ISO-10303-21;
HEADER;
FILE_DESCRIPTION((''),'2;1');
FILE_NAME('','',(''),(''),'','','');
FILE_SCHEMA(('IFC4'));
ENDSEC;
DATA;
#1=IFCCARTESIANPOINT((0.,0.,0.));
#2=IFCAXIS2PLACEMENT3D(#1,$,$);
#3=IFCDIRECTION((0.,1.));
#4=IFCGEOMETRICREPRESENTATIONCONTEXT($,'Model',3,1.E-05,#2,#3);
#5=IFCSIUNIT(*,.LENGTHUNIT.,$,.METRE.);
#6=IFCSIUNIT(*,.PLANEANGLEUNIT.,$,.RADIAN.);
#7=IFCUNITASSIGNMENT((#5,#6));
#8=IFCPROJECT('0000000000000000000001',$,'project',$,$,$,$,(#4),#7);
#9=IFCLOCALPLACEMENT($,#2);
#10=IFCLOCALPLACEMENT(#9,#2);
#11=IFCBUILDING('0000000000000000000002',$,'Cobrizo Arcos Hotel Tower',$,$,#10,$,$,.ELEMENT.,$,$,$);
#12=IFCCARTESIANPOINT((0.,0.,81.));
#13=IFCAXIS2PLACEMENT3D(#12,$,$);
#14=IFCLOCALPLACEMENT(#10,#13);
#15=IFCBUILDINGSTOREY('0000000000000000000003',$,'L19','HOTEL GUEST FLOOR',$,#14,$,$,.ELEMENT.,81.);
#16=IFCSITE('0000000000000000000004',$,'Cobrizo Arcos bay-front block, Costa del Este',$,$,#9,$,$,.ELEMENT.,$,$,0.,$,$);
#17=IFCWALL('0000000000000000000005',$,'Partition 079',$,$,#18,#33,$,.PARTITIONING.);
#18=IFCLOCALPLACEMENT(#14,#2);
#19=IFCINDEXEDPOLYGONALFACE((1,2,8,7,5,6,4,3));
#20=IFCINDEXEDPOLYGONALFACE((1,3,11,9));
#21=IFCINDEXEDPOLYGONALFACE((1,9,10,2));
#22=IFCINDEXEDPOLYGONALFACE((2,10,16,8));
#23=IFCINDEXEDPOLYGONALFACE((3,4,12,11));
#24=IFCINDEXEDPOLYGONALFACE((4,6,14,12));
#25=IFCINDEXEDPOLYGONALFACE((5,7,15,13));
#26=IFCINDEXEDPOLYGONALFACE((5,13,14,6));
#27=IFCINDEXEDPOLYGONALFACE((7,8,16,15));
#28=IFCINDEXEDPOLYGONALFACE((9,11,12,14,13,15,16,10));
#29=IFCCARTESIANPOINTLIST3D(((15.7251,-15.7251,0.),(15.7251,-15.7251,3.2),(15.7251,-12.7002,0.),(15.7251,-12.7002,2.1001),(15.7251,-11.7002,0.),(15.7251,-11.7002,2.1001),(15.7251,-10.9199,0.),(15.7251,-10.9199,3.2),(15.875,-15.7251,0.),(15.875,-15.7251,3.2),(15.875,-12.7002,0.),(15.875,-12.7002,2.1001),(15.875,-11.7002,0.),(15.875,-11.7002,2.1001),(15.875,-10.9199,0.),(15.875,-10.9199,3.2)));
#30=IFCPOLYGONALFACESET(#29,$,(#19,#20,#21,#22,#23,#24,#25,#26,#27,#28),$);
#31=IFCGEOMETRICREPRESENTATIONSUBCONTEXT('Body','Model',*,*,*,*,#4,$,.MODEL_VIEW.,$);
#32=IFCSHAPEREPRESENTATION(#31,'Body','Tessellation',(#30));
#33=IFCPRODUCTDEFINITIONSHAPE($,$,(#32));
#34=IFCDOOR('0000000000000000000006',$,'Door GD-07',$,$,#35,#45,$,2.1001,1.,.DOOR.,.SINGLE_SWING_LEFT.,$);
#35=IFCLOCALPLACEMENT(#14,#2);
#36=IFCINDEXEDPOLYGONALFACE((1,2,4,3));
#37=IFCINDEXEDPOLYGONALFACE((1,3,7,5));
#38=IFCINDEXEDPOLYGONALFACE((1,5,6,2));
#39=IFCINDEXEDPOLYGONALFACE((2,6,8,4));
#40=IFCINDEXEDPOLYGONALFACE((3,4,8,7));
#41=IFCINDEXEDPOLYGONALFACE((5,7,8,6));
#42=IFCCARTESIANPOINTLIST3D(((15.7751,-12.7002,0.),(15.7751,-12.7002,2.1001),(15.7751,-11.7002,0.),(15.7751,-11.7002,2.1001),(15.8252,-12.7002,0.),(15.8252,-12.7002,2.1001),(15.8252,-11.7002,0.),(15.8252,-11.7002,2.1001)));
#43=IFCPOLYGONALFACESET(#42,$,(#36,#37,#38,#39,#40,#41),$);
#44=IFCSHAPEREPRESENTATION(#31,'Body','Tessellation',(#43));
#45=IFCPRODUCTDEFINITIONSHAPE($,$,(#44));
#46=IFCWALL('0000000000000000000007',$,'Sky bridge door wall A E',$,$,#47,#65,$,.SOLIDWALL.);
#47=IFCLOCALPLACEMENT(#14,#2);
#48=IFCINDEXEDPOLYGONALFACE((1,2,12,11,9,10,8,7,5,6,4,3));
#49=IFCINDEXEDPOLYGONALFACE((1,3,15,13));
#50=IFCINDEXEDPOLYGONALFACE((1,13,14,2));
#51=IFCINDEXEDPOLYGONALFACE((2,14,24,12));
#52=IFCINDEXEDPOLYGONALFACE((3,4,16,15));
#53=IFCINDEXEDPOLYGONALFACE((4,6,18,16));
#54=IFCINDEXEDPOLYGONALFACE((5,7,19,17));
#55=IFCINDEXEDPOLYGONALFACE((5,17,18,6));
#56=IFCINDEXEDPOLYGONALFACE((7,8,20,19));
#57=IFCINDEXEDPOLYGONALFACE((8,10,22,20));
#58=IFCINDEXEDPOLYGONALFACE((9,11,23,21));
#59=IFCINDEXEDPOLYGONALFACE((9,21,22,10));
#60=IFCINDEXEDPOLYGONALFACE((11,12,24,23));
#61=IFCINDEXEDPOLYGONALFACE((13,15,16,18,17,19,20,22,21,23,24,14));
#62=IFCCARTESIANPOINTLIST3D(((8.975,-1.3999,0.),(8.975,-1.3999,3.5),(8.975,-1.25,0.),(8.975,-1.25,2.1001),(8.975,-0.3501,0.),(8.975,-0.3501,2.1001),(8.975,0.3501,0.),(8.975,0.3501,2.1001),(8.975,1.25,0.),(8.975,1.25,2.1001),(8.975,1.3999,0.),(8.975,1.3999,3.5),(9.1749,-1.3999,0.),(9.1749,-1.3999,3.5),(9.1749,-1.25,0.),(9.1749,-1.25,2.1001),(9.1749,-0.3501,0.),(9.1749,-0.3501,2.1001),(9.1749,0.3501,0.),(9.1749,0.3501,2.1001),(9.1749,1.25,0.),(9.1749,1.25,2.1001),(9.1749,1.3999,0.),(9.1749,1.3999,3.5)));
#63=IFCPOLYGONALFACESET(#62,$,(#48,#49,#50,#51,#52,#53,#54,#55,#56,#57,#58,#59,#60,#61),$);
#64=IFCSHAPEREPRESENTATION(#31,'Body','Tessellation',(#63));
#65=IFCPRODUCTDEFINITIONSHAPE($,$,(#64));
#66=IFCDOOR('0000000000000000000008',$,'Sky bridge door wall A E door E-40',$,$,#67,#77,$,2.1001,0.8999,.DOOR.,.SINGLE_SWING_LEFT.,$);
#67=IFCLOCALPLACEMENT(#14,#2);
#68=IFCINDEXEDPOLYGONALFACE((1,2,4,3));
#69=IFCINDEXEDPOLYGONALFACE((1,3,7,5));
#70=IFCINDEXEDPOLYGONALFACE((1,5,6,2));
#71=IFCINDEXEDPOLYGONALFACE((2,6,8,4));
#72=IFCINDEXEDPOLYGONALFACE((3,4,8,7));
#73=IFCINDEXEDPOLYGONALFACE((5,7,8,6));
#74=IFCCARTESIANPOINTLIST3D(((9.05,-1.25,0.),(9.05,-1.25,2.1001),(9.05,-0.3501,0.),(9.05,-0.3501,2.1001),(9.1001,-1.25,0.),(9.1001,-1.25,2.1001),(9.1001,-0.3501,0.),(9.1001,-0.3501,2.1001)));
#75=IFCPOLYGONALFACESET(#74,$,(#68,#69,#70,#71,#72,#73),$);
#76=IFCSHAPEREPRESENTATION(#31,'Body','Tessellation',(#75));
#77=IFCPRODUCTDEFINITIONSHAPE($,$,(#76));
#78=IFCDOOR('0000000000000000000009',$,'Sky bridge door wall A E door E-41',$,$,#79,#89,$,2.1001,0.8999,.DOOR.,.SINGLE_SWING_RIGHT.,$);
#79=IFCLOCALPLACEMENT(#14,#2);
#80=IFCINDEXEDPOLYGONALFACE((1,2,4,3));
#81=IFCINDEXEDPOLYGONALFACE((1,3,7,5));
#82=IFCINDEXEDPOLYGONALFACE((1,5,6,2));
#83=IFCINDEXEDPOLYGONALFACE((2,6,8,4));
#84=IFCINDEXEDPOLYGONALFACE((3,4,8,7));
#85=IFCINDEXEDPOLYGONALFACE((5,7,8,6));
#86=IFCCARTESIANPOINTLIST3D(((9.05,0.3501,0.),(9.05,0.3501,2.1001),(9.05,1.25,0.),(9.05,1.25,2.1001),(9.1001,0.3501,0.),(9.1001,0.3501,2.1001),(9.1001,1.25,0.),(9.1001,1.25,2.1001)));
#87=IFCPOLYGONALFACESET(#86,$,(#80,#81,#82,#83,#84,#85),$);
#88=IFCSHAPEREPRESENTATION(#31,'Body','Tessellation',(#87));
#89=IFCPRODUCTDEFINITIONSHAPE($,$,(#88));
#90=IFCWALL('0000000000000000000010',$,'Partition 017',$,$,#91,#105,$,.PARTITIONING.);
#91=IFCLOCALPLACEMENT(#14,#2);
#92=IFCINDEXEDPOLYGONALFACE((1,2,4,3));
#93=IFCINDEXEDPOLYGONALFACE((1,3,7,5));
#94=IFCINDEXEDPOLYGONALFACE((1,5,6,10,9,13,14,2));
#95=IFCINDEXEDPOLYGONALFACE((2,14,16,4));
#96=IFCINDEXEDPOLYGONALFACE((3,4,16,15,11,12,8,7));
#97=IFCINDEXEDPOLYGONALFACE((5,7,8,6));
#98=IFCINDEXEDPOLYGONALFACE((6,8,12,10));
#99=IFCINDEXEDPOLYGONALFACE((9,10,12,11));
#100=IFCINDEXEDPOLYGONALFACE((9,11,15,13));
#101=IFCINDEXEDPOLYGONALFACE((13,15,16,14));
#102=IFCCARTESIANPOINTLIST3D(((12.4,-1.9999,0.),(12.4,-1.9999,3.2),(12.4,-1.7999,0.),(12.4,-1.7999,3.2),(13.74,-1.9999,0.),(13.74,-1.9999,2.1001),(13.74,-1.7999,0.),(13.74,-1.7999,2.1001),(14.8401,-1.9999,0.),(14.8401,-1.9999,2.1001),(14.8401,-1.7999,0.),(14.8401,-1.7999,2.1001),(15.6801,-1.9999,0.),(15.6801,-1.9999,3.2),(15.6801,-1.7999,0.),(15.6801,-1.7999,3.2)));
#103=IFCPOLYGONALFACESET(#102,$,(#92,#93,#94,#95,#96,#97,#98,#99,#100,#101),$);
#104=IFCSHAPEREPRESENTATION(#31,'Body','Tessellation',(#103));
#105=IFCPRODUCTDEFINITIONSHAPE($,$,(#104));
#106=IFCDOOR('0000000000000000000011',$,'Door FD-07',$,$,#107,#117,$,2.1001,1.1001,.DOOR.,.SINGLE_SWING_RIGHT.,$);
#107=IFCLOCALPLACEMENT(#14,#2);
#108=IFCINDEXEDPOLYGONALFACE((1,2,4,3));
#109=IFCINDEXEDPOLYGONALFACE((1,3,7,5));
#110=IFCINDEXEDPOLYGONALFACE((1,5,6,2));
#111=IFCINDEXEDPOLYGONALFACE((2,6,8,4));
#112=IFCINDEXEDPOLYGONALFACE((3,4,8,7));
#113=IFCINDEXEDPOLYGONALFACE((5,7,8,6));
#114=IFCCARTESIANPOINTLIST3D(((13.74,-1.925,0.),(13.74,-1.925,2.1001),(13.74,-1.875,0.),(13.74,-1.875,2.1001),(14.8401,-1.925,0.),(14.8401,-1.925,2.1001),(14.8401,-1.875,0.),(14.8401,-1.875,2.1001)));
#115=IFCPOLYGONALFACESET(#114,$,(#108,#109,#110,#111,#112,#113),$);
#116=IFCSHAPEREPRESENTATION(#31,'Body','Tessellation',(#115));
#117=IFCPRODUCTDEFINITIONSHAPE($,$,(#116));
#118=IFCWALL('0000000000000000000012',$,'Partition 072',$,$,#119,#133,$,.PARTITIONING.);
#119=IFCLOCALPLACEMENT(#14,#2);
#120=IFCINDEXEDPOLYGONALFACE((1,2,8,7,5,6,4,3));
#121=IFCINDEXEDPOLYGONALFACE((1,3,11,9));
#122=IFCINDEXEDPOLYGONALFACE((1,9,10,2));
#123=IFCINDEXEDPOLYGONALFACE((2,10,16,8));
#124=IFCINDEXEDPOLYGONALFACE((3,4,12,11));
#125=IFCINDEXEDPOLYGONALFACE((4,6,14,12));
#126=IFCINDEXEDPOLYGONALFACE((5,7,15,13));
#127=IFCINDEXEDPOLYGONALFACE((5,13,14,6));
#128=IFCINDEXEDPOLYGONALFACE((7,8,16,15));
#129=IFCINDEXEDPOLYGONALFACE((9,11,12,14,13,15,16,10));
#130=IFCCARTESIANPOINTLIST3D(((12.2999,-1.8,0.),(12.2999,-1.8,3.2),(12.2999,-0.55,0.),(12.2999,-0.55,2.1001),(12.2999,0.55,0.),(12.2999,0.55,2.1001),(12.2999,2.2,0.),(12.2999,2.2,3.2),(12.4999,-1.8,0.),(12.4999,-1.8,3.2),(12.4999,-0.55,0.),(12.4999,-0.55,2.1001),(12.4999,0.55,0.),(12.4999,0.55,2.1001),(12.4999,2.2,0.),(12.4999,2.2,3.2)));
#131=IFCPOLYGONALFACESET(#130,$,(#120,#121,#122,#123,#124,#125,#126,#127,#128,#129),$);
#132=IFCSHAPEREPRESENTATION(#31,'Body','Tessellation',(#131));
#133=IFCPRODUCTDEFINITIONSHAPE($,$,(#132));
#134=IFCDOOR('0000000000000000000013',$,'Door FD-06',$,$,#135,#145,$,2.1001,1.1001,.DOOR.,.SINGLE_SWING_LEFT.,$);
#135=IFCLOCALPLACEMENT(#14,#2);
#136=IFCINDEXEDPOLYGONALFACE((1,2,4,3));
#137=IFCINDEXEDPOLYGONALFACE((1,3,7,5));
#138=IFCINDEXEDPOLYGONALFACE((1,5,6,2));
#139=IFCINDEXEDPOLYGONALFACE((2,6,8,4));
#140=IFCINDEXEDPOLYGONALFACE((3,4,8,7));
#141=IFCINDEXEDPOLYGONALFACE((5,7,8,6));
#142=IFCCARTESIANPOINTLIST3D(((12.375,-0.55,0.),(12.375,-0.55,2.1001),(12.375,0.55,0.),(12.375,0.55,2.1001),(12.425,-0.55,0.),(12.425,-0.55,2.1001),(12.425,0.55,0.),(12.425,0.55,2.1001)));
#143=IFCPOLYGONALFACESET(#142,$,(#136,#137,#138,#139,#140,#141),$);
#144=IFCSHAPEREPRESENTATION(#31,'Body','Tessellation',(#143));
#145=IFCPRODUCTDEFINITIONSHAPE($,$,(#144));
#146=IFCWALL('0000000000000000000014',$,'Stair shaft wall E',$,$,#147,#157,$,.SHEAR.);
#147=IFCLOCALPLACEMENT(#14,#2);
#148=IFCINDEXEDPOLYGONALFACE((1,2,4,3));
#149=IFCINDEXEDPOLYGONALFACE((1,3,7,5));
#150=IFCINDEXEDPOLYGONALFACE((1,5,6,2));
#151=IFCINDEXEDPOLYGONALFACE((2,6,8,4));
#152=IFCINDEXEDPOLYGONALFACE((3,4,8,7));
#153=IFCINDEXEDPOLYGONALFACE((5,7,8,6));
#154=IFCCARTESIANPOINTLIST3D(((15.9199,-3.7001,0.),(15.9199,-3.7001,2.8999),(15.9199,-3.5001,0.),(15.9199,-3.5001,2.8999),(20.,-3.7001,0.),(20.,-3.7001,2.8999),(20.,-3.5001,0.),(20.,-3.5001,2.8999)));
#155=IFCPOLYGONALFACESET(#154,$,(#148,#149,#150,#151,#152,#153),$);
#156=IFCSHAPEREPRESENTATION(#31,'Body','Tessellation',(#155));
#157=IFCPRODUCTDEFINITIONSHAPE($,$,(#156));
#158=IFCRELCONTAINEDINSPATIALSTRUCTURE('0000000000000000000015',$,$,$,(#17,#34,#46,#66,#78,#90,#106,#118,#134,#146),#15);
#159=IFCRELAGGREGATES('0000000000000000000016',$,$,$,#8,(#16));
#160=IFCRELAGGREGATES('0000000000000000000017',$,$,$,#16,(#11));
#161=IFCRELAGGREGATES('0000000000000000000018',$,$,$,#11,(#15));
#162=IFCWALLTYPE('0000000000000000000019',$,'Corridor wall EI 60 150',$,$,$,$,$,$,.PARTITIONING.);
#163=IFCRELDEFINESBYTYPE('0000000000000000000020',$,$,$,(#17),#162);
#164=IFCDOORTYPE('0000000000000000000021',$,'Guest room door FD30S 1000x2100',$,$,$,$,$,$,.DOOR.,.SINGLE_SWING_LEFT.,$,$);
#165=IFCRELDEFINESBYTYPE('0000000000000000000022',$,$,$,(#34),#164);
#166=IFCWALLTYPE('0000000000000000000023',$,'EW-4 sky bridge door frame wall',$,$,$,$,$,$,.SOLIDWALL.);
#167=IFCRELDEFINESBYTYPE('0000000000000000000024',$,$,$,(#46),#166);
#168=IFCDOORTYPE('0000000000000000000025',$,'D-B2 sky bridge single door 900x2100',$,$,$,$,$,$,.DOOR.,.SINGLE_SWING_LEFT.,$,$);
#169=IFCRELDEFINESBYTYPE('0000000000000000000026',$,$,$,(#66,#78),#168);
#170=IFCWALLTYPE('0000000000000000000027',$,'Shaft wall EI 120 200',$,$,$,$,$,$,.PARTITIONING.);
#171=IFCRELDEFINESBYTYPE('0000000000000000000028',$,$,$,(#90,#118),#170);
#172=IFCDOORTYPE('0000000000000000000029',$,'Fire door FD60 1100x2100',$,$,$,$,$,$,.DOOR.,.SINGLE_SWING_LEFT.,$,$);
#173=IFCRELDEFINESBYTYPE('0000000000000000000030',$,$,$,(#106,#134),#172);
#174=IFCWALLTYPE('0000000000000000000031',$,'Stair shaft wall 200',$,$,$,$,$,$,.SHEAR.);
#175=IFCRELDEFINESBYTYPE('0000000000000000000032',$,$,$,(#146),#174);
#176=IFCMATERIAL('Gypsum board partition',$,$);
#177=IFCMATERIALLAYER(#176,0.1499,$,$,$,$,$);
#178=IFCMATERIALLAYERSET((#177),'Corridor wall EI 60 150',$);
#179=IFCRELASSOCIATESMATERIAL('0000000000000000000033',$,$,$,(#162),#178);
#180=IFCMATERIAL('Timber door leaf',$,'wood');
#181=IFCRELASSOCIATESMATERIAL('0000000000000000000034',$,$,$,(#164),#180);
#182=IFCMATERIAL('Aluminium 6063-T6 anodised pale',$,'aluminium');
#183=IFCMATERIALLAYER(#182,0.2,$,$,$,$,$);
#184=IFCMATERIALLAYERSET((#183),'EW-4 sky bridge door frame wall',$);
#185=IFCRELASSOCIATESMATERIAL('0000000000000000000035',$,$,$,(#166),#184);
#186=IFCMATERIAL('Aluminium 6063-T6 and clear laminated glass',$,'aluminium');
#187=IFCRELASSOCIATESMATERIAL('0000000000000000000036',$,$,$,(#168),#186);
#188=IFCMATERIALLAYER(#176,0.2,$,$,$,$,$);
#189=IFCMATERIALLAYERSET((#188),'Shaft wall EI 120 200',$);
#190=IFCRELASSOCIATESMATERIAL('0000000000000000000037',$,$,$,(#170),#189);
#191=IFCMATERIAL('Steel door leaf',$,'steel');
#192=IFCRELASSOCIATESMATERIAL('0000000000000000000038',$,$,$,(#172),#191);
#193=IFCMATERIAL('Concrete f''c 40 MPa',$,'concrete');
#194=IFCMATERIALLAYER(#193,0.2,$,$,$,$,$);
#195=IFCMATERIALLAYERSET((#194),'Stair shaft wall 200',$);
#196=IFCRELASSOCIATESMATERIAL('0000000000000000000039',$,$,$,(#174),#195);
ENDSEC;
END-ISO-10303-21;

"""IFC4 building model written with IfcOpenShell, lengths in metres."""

from ifc_helpers import new_model, si_unit, direction, frame, frame_2d, origin, place, context, subcontext, project, spatial, rectangle, extrude, material, layer, layer_set, type_object, element, fill, save


model = new_model("IFC4")

# Units and contexts
model_context = context("Model", 3, precision=1e-05, world=origin(), true_north=direction((0.0, 1.0)))
body_context = subcontext(model_context, "Body", "Model", "MODEL_VIEW")
ifc_project = project(units=[si_unit("LENGTHUNIT", "METRE"), si_unit("PLANEANGLEUNIT", "RADIAN")], contexts=[model_context])

# Site, building, storey
site_placement = place(None, origin())
site = spatial("IfcSite", under=ifc_project, at=site_placement, Name="Cobrizo Arcos bay-front block, Costa del Este", CompositionType="ELEMENT", RefElevation=0.0)
building_placement = place(site_placement, origin())
building = spatial("IfcBuilding", under=site, at=building_placement, Name="Cobrizo Arcos Hotel Tower", CompositionType="ELEMENT")
storey_placement = place(building_placement, frame((0.0, 0.0, 81.0)))
storey = spatial("IfcBuildingStorey", under=building, at=storey_placement, Name="L19", Description="HOTEL GUEST FLOOR", CompositionType="ELEMENT", Elevation=81.0)

# Shared definitions
ifc_material_1 = material(Name="Gypsum board partition")
ifc_layer_1 = layer(ifc_material_1, 0.1499)
ifc_layer_set_1 = layer_set([ifc_layer_1], Name="Corridor wall EI 60 150")
wall_type_1 = type_object("IfcWallType", Name="Corridor wall EI 60 150", PredefinedType="PARTITIONING", material=ifc_layer_set_1)
ifc_material_2 = material(Name="Timber door leaf", Category="wood")
door_type_1 = type_object("IfcDoorType", Name="Guest room door FD30S 1000x2100", OperationType="SINGLE_SWING_LEFT", PredefinedType="DOOR", material=ifc_material_2)

# Wall, opening, door
wall_1_placement = place(storey_placement, frame((15.8, -15.7251, 0.0), z_axis=(0.0, 0.0, 1.0), x_axis=(0.0, 1.0, 0.0)))
wall_1 = element("IfcWall", 1, at=wall_1_placement, inside=storey, type_object=wall_type_1, Name="Partition 079", PredefinedType="PARTITIONING", context=body_context, shape_type="SweptSolid", body=[
    extrude(rectangle(XDim=4.8052, YDim=0.1499, at=frame_2d((2.4026, 0.0))), origin(), (0.0, 0.0, 1.0), 3.2),
])
opening_1_placement = place(wall_1_placement, frame((3.0249, 0.0, 0.0)))
opening_1 = element("IfcOpeningElement", 2, at=opening_1_placement, cuts=wall_1, PredefinedType="OPENING", context=body_context, shape_type="SweptSolid", body=[
    extrude(rectangle(XDim=1.0, YDim=2.1001, at=frame_2d((0.5, 1.05))), frame((0.0, 0.0869, 0.0), z_axis=(0.0, -1.0, 0.0), x_axis=(1.0, 0.0, 0.0)), (0.0, 0.0, 1.0), 0.1738),
])
door_1_placement = place(opening_1_placement, origin())
door_1 = element("IfcDoor", 3, at=door_1_placement, inside=storey, type_object=door_type_1, Name="Door GD-07", OperationType="SINGLE_SWING_LEFT", OverallHeight=2.1001, OverallWidth=1.0, PredefinedType="DOOR", context=body_context, shape_type="SweptSolid", body=[
    extrude(rectangle(XDim=1.0, YDim=2.1001, at=frame_2d((0.5, 1.05))), frame((0.0, 0.0249, 0.0), z_axis=(0.0, -1.0, 0.0), x_axis=(1.0, 0.0, 0.0)), (0.0, 0.0, 1.0), 0.05),
])
fill(opening_1, door_1)

# Wall, openings, doors
ifc_material_3 = material(Name="Aluminium 6063-T6 anodised pale", Category="aluminium")
ifc_layer_2 = layer(ifc_material_3, 0.2)
ifc_layer_set_2 = layer_set([ifc_layer_2], Name="EW-4 sky bridge door frame wall")
wall_type_2 = type_object("IfcWallType", Name="EW-4 sky bridge door frame wall", PredefinedType="SOLIDWALL", material=ifc_layer_set_2)
wall_2_placement = place(storey_placement, frame((9.075, -1.3999, 0.0), z_axis=(0.0, 0.0, 1.0), x_axis=(0.0, 1.0, 0.0)))
wall_2 = element("IfcWall", 4, at=wall_2_placement, inside=storey, type_object=wall_type_2, Name="Sky bridge door wall A E", PredefinedType="SOLIDWALL", context=body_context, shape_type="SweptSolid", body=[
    extrude(rectangle(XDim=2.7998, YDim=0.2, at=frame_2d((1.3999, 0.0))), origin(), (0.0, 0.0, 1.0), 3.5),
])
opening_2_placement = place(wall_2_placement, frame((0.1499, 0.0, 0.0)))
opening_2 = element("IfcOpeningElement", 5, at=opening_2_placement, cuts=wall_2, PredefinedType="OPENING", context=body_context, shape_type="SweptSolid", body=[
    extrude(rectangle(XDim=0.8999, YDim=2.1001, at=frame_2d((0.45, 1.05))), frame((0.0, 0.1121, 0.0), z_axis=(0.0, -1.0, 0.0), x_axis=(1.0, 0.0, 0.0)), (0.0, 0.0, 1.0), 0.2239),
])
opening_3_placement = place(wall_2_placement, frame((1.75, 0.0, 0.0)))
opening_3 = element("IfcOpeningElement", 6, at=opening_3_placement, cuts=wall_2, PredefinedType="OPENING", context=body_context, shape_type="SweptSolid", body=[
    extrude(rectangle(XDim=0.8999, YDim=2.1001, at=frame_2d((0.45, 1.05))), frame((0.0, 0.1121, 0.0), z_axis=(0.0, -1.0, 0.0), x_axis=(1.0, 0.0, 0.0)), (0.0, 0.0, 1.0), 0.2239),
])
ifc_material_4 = material(Name="Aluminium 6063-T6 and clear laminated glass", Category="aluminium")
door_type_2 = type_object("IfcDoorType", Name="D-B2 sky bridge single door 900x2100", OperationType="SINGLE_SWING_LEFT", PredefinedType="DOOR", material=ifc_material_4)
door_2_placement = place(opening_2_placement, origin())
door_2 = element("IfcDoor", 7, at=door_2_placement, inside=storey, type_object=door_type_2, Name="Sky bridge door wall A E door E-40", OperationType="SINGLE_SWING_LEFT", OverallHeight=2.1001, OverallWidth=0.8999, PredefinedType="DOOR", context=body_context, shape_type="SweptSolid", body=[
    extrude(rectangle(XDim=0.8999, YDim=2.1001, at=frame_2d((0.45, 1.05))), frame((0.0, 0.0249, 0.0), z_axis=(0.0, -1.0, 0.0), x_axis=(1.0, 0.0, 0.0)), (0.0, 0.0, 1.0), 0.05),
])
fill(opening_2, door_2)
door_3_placement = place(opening_3_placement, origin())
door_3 = element("IfcDoor", 8, at=door_3_placement, inside=storey, type_object=door_type_2, Name="Sky bridge door wall A E door E-41", OperationType="SINGLE_SWING_RIGHT", OverallHeight=2.1001, OverallWidth=0.8999, PredefinedType="DOOR", context=body_context, shape_type="SweptSolid", body=[
    extrude(rectangle(XDim=0.8999, YDim=2.1001, at=frame_2d((0.45, 1.05))), frame((0.0, 0.0249, 0.0), z_axis=(0.0, -1.0, 0.0), x_axis=(1.0, 0.0, 0.0)), (0.0, 0.0, 1.0), 0.05),
])
fill(opening_3, door_3)

# Walls, openings, doors
ifc_layer_3 = layer(ifc_material_1, 0.2)
ifc_layer_set_3 = layer_set([ifc_layer_3], Name="Shaft wall EI 120 200")
wall_type_3 = type_object("IfcWallType", Name="Shaft wall EI 120 200", PredefinedType="PARTITIONING", material=ifc_layer_set_3)
wall_3_placement = place(storey_placement, frame((12.3999, -1.8999, 0.0), z_axis=(0.0, 0.0, 1.0), x_axis=(1.0, 0.0, 0.0)))
wall_3 = element("IfcWall", 9, at=wall_3_placement, inside=storey, type_object=wall_type_3, Name="Partition 017", PredefinedType="PARTITIONING", context=body_context, shape_type="SweptSolid", body=[
    extrude(rectangle(XDim=3.28, YDim=0.2, at=frame_2d((1.6401, 0.0))), origin(), (0.0, 0.0, 1.0), 3.2),
])
opening_4_placement = place(wall_3_placement, frame((1.3401, 0.0, 0.0)))
opening_4 = element("IfcOpeningElement", 10, at=opening_4_placement, cuts=wall_3, PredefinedType="OPENING", context=body_context, shape_type="SweptSolid", body=[
    extrude(rectangle(XDim=1.1001, YDim=2.1001, at=frame_2d((0.55, 1.05))), frame((0.0, 0.1121, 0.0), z_axis=(0.0, -1.0, 0.0), x_axis=(1.0, 0.0, 0.0)), (0.0, 0.0, 1.0), 0.2239),
])
ifc_material_5 = material(Name="Steel door leaf", Category="steel")
door_type_3 = type_object("IfcDoorType", Name="Fire door FD60 1100x2100", OperationType="SINGLE_SWING_LEFT", PredefinedType="DOOR", material=ifc_material_5)
door_4_placement = place(opening_4_placement, origin())
door_4 = element("IfcDoor", 11, at=door_4_placement, inside=storey, type_object=door_type_3, Name="Door FD-07", OperationType="SINGLE_SWING_RIGHT", OverallHeight=2.1001, OverallWidth=1.1001, PredefinedType="DOOR", context=body_context, shape_type="SweptSolid", body=[
    extrude(rectangle(XDim=1.1001, YDim=2.1001, at=frame_2d((0.55, 1.05))), frame((0.0, 0.0249, 0.0), z_axis=(0.0, -1.0, 0.0), x_axis=(1.0, 0.0, 0.0)), (0.0, 0.0, 1.0), 0.05),
])
fill(opening_4, door_4)
wall_4_placement = place(storey_placement, frame((12.3999, -1.8, 0.0), z_axis=(0.0, 0.0, 1.0), x_axis=(0.0, 1.0, 0.0)))
wall_4 = element("IfcWall", 12, at=wall_4_placement, inside=storey, type_object=wall_type_3, Name="Partition 072", PredefinedType="PARTITIONING", context=body_context, shape_type="SweptSolid", body=[
    extrude(rectangle(XDim=4.0, YDim=0.2, at=frame_2d((2.0, 0.0))), origin(), (0.0, 0.0, 1.0), 3.2),
])
opening_5_placement = place(wall_4_placement, frame((1.25, 0.0, 0.0)))
opening_5 = element("IfcOpeningElement", 13, at=opening_5_placement, cuts=wall_4, PredefinedType="OPENING", context=body_context, shape_type="SweptSolid", body=[
    extrude(rectangle(XDim=1.1001, YDim=2.1001, at=frame_2d((0.55, 1.05))), frame((0.0, 0.1121, 0.0), z_axis=(0.0, -1.0, 0.0), x_axis=(1.0, 0.0, 0.0)), (0.0, 0.0, 1.0), 0.2239),
])
door_5_placement = place(opening_5_placement, origin())
door_5 = element("IfcDoor", 14, at=door_5_placement, inside=storey, type_object=door_type_3, Name="Door FD-06", OperationType="SINGLE_SWING_LEFT", OverallHeight=2.1001, OverallWidth=1.1001, PredefinedType="DOOR", context=body_context, shape_type="SweptSolid", body=[
    extrude(rectangle(XDim=1.1001, YDim=2.1001, at=frame_2d((0.55, 1.05))), frame((0.0, 0.0249, 0.0), z_axis=(0.0, -1.0, 0.0), x_axis=(1.0, 0.0, 0.0)), (0.0, 0.0, 1.0), 0.05),
])
fill(opening_5, door_5)

# Wall
ifc_material_6 = material(Name="Concrete f'c 40 MPa", Category="concrete")
ifc_layer_4 = layer(ifc_material_6, 0.2)
ifc_layer_set_4 = layer_set([ifc_layer_4], Name="Stair shaft wall 200")
wall_type_4 = type_object("IfcWallType", Name="Stair shaft wall 200", PredefinedType="SHEAR", material=ifc_layer_set_4)
wall_5_placement = place(storey_placement, frame((15.9199, -3.6001, 0.0), z_axis=(0.0, 0.0, 1.0), x_axis=(1.0, 0.0, 0.0)))
element("IfcWall", 15, at=wall_5_placement, inside=storey, type_object=wall_type_4, Name="Stair shaft wall E", PredefinedType="SHEAR", context=body_context, shape_type="SweptSolid", body=[
    extrude(rectangle(XDim=4.0801, YDim=0.2, at=frame_2d((2.04, 0.0))), origin(), (0.0, 0.0, 1.0), 2.8999),
])

save(model, "model.ifc")
